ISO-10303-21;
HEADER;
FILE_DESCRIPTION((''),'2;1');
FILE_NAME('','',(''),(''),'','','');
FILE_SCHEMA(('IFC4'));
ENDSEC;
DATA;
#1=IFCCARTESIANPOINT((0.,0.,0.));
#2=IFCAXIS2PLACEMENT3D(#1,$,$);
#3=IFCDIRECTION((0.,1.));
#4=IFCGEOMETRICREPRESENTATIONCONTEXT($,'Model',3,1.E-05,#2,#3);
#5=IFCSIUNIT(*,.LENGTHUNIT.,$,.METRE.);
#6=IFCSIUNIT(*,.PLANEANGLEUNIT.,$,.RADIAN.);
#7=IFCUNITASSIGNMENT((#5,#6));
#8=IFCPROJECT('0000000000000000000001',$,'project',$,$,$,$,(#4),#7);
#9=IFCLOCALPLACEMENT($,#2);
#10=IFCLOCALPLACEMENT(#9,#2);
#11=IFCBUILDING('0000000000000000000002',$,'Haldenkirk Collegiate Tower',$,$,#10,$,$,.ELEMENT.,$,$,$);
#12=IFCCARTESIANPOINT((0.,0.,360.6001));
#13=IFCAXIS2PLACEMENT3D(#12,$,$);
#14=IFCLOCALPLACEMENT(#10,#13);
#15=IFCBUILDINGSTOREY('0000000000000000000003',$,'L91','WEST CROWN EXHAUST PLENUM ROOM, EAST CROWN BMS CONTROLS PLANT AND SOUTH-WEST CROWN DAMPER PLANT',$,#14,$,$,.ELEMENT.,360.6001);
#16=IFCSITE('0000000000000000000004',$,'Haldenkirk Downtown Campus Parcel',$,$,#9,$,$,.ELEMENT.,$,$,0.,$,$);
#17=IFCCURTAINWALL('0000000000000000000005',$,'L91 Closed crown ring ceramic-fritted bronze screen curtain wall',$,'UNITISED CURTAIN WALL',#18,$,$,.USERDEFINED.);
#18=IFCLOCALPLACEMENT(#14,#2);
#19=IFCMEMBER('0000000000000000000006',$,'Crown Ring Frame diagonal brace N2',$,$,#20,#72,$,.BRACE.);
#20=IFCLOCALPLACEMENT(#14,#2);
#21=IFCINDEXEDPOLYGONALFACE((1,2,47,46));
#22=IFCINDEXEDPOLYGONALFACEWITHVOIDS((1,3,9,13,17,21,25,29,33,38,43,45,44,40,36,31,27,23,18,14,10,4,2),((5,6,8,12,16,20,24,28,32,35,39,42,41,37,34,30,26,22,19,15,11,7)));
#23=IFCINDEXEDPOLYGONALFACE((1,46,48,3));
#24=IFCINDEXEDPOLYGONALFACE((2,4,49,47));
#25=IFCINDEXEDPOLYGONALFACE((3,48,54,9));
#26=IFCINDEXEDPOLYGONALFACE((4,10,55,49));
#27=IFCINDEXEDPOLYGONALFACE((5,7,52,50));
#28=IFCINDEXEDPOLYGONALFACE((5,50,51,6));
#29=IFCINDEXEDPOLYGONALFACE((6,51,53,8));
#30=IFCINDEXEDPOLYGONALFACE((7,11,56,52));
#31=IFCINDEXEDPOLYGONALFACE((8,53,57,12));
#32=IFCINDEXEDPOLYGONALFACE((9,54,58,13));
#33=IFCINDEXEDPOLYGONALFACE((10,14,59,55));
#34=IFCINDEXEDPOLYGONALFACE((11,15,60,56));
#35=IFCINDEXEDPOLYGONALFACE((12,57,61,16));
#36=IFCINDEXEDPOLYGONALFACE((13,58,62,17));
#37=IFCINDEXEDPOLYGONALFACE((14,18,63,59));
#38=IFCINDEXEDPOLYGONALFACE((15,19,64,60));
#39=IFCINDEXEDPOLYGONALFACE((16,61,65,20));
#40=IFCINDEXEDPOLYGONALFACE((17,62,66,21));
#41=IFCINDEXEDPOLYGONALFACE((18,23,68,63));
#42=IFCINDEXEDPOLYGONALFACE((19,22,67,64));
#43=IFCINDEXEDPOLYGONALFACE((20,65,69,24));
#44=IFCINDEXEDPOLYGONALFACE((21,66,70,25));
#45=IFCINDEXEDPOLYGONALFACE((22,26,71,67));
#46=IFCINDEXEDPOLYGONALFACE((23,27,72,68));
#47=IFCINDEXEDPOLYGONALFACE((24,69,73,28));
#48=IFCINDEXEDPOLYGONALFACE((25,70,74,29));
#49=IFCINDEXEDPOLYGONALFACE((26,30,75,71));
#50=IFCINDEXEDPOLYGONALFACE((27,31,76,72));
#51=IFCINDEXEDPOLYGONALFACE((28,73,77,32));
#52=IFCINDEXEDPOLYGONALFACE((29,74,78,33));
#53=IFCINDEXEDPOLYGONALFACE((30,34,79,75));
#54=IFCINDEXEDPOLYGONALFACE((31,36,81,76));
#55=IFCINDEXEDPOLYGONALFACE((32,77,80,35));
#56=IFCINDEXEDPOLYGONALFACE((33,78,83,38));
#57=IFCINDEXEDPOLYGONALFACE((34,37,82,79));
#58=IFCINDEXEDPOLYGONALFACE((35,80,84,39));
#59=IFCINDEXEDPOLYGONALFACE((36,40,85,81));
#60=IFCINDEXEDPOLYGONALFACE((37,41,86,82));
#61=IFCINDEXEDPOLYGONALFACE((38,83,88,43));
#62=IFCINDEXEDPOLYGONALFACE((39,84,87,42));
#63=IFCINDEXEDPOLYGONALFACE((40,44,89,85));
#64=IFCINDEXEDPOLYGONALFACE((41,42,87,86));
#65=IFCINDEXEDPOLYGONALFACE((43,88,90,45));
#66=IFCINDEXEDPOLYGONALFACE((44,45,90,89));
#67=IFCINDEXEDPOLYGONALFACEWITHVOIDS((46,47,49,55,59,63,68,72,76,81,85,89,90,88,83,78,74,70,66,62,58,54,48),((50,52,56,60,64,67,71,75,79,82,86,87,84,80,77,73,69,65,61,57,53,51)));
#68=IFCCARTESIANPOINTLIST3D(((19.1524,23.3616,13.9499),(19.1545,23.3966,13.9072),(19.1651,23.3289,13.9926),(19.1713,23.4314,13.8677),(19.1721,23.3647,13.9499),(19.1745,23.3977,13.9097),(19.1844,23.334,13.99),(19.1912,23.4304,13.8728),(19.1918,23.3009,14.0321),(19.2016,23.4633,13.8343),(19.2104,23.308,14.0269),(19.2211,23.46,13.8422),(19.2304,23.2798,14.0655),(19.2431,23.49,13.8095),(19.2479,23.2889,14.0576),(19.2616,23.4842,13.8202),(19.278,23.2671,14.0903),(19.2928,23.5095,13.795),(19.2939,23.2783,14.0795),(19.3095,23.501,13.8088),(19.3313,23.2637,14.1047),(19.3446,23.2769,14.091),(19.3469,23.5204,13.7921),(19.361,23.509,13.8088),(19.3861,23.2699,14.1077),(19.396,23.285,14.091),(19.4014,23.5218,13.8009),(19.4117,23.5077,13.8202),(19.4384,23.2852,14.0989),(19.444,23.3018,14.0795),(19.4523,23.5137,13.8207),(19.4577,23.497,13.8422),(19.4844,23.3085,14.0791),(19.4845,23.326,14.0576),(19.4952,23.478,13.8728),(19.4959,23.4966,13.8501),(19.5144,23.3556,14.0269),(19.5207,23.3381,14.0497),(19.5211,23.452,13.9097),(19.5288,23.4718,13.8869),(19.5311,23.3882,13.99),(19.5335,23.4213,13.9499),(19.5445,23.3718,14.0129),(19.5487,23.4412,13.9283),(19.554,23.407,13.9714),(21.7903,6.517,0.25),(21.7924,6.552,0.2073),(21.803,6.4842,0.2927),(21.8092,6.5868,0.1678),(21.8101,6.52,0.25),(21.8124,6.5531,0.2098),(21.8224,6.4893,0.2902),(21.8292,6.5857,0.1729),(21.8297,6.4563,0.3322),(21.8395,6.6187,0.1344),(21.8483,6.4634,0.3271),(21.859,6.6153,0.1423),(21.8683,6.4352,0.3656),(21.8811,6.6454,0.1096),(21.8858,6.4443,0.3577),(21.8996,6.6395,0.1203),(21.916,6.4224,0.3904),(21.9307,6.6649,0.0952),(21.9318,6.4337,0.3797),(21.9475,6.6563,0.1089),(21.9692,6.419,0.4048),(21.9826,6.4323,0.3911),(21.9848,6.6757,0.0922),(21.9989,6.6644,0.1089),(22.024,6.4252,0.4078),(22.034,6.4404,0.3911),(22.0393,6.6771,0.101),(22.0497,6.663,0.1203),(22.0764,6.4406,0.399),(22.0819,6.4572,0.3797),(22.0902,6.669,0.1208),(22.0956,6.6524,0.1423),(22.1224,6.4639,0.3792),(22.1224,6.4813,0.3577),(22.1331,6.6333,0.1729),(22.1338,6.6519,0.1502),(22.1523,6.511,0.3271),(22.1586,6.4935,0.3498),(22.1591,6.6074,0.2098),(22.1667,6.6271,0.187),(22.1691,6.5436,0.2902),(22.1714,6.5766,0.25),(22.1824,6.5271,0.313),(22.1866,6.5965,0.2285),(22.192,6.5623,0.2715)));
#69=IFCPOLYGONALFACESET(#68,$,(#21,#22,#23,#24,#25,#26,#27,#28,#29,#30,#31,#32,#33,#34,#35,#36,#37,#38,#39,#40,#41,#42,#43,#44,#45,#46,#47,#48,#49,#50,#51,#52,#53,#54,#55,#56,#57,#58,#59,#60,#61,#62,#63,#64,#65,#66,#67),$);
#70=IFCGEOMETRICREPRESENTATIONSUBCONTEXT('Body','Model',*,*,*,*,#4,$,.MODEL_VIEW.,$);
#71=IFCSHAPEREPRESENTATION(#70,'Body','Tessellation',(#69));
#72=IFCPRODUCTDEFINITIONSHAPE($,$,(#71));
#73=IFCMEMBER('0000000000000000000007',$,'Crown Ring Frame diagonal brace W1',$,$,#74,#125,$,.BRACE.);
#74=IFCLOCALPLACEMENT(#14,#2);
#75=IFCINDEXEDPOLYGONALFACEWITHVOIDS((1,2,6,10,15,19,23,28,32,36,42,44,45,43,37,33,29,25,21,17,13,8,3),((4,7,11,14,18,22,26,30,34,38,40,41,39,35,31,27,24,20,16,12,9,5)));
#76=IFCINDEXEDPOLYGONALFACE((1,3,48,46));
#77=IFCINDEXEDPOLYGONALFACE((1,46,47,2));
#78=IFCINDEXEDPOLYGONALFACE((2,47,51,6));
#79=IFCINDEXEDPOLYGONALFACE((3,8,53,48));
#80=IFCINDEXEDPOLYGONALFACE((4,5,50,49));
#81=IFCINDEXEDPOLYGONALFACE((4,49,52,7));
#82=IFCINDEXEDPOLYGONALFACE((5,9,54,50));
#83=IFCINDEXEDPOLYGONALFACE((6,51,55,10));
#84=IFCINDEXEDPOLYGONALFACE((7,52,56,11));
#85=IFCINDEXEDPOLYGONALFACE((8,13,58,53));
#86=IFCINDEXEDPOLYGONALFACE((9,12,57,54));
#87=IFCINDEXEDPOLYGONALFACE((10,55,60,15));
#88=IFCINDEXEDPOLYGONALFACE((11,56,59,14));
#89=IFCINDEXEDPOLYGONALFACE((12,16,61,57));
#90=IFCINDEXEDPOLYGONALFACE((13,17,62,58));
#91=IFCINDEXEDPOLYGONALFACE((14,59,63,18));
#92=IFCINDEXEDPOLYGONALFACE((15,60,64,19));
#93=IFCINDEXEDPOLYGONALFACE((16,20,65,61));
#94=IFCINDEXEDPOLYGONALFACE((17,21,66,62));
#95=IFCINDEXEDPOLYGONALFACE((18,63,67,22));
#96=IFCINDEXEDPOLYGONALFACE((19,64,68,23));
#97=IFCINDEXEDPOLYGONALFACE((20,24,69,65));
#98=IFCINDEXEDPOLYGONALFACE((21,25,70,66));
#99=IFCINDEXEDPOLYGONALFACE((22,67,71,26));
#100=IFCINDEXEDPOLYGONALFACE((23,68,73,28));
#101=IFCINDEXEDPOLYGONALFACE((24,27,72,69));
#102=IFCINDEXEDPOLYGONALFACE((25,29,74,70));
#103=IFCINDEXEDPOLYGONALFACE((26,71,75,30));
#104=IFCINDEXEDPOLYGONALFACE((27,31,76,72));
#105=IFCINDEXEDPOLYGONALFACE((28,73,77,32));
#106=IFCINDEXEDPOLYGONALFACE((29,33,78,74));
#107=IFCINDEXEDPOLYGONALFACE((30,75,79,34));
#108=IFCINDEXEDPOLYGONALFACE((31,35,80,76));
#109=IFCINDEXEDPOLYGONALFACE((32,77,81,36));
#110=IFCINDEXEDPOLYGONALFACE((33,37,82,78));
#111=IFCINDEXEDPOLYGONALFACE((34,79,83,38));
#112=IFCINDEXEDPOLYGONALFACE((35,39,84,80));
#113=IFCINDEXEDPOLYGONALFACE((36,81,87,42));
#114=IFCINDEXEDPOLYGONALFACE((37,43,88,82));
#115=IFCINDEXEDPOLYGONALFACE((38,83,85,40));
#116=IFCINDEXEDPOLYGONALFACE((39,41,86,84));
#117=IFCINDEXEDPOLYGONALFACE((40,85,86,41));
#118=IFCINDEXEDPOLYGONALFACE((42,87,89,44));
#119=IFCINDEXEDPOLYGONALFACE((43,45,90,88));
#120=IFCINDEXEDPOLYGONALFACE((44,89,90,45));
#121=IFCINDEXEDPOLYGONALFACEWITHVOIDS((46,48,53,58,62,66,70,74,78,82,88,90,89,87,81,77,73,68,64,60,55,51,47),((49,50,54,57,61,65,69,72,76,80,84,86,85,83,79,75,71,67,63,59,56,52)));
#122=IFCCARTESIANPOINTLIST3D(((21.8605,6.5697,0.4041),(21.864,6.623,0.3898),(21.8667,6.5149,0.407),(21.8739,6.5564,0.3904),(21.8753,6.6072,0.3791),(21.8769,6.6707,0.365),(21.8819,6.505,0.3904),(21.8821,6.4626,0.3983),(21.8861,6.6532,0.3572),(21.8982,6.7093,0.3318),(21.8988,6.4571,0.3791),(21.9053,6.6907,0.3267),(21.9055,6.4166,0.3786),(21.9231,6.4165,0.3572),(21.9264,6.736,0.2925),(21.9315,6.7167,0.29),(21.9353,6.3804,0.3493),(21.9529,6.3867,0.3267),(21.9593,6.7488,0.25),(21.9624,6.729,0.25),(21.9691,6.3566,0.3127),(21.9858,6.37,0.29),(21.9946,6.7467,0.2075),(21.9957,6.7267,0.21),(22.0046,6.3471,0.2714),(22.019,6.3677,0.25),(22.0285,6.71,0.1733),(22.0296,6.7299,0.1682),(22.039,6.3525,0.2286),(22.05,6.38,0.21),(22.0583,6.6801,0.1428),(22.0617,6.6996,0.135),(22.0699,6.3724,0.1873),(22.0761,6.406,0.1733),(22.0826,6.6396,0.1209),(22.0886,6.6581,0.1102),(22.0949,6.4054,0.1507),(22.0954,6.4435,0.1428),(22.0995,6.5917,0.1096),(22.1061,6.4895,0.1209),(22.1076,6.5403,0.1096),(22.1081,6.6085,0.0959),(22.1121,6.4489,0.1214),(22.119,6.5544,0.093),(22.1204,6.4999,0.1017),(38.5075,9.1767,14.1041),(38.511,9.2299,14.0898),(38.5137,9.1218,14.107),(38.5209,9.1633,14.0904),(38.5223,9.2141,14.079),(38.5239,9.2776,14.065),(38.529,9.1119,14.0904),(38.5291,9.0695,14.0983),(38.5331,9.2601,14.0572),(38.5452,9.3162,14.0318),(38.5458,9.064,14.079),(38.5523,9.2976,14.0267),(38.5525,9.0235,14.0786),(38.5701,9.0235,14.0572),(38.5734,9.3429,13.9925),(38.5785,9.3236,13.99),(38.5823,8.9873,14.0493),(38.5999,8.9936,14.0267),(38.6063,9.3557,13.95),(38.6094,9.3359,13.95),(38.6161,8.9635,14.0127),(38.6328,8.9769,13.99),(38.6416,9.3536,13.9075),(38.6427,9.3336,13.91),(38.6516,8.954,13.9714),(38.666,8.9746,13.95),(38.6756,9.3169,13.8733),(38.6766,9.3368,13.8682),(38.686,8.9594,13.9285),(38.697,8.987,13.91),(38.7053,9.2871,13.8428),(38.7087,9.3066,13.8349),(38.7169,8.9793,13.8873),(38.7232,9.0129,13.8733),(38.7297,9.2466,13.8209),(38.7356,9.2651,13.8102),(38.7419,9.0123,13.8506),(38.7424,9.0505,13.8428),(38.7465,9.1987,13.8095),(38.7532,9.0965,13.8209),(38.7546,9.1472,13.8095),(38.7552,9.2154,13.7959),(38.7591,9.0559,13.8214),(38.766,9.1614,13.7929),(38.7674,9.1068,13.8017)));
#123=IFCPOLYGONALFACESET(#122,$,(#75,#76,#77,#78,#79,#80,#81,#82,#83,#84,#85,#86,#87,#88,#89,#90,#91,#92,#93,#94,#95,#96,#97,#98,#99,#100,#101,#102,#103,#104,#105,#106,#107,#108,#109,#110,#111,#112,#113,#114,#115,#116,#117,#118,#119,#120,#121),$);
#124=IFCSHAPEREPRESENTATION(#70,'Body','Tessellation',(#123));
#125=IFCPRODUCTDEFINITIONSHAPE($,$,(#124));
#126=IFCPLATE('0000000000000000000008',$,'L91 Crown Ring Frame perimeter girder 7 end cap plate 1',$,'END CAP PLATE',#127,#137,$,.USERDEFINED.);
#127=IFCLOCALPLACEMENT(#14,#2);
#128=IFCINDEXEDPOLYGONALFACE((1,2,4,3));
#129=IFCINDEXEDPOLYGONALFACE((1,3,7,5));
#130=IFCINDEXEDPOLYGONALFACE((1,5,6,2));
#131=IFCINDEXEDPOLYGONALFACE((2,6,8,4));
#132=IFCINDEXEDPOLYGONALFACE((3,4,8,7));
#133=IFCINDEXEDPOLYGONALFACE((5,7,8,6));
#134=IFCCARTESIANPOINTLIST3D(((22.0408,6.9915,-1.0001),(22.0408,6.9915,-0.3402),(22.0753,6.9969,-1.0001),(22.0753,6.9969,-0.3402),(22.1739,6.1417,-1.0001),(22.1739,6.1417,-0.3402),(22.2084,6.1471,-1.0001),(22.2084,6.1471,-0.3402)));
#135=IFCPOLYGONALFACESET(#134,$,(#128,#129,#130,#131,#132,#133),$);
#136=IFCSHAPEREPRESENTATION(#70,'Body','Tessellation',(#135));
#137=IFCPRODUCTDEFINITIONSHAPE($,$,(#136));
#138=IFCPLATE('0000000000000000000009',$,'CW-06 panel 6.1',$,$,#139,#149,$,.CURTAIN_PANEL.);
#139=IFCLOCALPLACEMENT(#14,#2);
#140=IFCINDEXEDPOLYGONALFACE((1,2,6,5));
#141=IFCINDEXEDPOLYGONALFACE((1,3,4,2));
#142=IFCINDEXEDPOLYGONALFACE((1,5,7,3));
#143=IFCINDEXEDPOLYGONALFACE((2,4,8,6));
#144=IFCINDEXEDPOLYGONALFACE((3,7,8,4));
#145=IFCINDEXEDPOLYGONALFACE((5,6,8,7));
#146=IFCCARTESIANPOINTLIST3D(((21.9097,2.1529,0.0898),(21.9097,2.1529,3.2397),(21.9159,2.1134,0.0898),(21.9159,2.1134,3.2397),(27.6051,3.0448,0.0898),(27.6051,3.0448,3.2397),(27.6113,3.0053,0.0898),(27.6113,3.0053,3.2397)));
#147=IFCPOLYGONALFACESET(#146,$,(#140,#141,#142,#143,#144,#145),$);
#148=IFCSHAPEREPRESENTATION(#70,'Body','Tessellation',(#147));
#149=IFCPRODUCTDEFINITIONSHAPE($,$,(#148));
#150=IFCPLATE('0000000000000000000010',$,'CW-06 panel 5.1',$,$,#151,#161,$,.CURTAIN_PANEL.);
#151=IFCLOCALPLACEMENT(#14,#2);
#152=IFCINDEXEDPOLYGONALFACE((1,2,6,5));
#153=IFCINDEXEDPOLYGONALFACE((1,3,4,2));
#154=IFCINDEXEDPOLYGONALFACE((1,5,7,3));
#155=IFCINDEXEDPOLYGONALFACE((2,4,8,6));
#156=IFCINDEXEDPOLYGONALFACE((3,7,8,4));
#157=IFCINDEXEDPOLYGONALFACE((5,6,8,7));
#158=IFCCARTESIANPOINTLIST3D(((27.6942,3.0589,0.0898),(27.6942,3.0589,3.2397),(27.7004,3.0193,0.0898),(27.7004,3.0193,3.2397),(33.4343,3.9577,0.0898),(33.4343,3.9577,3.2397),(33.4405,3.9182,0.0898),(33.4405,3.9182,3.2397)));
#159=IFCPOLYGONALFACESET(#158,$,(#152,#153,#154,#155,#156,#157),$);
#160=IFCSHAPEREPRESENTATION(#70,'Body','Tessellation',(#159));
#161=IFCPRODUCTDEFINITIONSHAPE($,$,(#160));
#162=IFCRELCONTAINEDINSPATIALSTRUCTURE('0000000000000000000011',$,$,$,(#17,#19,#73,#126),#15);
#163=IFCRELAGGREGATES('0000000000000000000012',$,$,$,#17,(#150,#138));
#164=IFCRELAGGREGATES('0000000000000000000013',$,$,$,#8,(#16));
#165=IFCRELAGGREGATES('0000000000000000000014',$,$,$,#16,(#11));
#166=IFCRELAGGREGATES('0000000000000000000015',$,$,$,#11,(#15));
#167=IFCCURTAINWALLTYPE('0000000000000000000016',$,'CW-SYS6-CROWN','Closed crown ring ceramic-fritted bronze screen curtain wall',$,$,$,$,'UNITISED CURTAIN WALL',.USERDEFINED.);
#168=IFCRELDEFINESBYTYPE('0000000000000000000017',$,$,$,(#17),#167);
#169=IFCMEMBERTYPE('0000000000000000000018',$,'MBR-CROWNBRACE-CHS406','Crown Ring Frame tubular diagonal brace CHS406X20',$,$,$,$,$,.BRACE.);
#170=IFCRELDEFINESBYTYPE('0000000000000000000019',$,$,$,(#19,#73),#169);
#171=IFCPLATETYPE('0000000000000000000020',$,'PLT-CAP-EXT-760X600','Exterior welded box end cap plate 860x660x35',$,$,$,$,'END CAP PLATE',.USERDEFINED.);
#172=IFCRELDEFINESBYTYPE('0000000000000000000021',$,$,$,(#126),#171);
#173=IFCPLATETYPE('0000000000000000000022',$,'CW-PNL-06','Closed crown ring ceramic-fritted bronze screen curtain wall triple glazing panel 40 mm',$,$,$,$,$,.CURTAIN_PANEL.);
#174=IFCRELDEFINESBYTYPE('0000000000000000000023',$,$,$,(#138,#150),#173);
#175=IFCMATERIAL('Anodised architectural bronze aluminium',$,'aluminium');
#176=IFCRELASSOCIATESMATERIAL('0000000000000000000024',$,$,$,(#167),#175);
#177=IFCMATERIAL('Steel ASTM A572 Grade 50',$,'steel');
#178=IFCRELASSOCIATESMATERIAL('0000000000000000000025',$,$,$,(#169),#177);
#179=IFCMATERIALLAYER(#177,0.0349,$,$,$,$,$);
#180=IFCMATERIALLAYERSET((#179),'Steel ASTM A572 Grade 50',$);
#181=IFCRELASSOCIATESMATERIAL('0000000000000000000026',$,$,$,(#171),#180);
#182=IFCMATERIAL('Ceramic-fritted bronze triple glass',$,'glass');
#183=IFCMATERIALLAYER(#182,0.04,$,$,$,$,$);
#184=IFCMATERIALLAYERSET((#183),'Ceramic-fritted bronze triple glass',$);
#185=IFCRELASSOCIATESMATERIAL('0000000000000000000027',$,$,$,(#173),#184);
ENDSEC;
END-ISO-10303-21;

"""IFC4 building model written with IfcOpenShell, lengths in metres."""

from ifc_helpers import new_model, si_unit, direction, frame, origin, origin_2d, place, context, subcontext, project, spatial, rectangle, hollow_circle, extrude, source, transform, mapped, material, layer, layer_set, material_profile, profile_set, type_object, element, aggregate, save


model = new_model("IFC4")

# Units and contexts
model_context = context("Model", 3, precision=1e-05, world=origin(), true_north=direction((0.0, 1.0)))
body_context = subcontext(model_context, "Body", "Model", "MODEL_VIEW")
ifc_project = project(units=[si_unit("LENGTHUNIT", "METRE"), si_unit("PLANEANGLEUNIT", "RADIAN")], contexts=[model_context])

# Site, building, storey
site_placement = place(None, origin())
site = spatial("IfcSite", under=ifc_project, at=site_placement, Name="Haldenkirk Downtown Campus Parcel", CompositionType="ELEMENT", RefElevation=0.0)
building_placement = place(site_placement, origin())
building = spatial("IfcBuilding", under=site, at=building_placement, Name="Haldenkirk Collegiate Tower", CompositionType="ELEMENT")
storey_placement = place(building_placement, frame((0.0, 0.0, 360.6001)))
storey = spatial("IfcBuildingStorey", under=building, at=storey_placement, Name="L91", Description="WEST CROWN EXHAUST PLENUM ROOM, EAST CROWN BMS CONTROLS PLANT AND SOUTH-WEST CROWN DAMPER PLANT", CompositionType="ELEMENT", Elevation=360.6001)

# Shared definitions
ifc_material_1 = material(Name="Steel ASTM A572 Grade 50", Category="steel")

# Curtain wall
ifc_material_2 = material(Name="Anodised architectural bronze aluminium", Category="aluminium")
curtain_wall_type = type_object("IfcCurtainWallType", Name="CW-SYS6-CROWN", Description="Closed crown ring ceramic-fritted bronze screen curtain wall", ElementType="UNITISED CURTAIN WALL", PredefinedType="USERDEFINED", material=ifc_material_2)
curtain_wall_placement = place(storey_placement, origin())
curtain_wall = element("IfcCurtainWall", 1, at=curtain_wall_placement, inside=storey, type_object=curtain_wall_type, Name="L91 Closed crown ring ceramic-fritted bronze screen curtain wall", ObjectType="UNITISED CURTAIN WALL", PredefinedType="USERDEFINED")

# Members
ifc_material_profile_1 = material_profile(ifc_material_1, hollow_circle(Radius=0.2029, WallThickness=0.02, at=origin_2d()), Name="CHS406X20")
ifc_profile_set_1 = profile_set([ifc_material_profile_1], Name="Steel ASTM A572 Grade 50")
member_type_1 = type_object("IfcMemberType", Name="MBR-CROWNBRACE-CHS406", Description="Crown Ring Frame tubular diagonal brace CHS406X20", PredefinedType="BRACE", material=ifc_profile_set_1)
member_1_placement = place(storey_placement, frame((21.9907, 6.5483, 0.25), z_axis=(-0.120607, 0.770144, 0.626364), x_axis=(-0.987959, -0.154718, 0.0)))
element("IfcMember", 2, at=member_1_placement, inside=storey, type_object=member_type_1, Name="Crown Ring Frame diagonal brace N2", PredefinedType="BRACE", context=body_context, shape_type="SweptSolid", body=[
    extrude(hollow_circle(Radius=0.2029, WallThickness=0.02, at=origin_2d()), origin(), (0.0, 0.0, 1.0), 21.8721),
])
member_2_placement = place(storey_placement, frame((21.9907, 6.5483, 0.25), z_axis=(0.766559, 0.120044, 0.630854), x_axis=(-0.154715, 0.987959, 0.0)))
element("IfcMember", 3, at=member_2_placement, inside=storey, type_object=member_type_1, Name="Crown Ring Frame diagonal brace W1", PredefinedType="BRACE", context=body_context, shape_type="SweptSolid", body=[
    extrude(hollow_circle(Radius=0.2029, WallThickness=0.02, at=origin_2d()), origin(), (0.0, 0.0, 1.0), 21.7166),
])

# Plates
ifc_layer_1 = layer(ifc_material_1, 0.0349)
ifc_layer_set_1 = layer_set([ifc_layer_1], Name="Steel ASTM A572 Grade 50")
plate_type_1 = type_object("IfcPlateType", Name="PLT-CAP-EXT-760X600", Description="Exterior welded box end cap plate 860x660x35", ElementType="END CAP PLATE", PredefinedType="USERDEFINED", material=ifc_layer_set_1)
shared_shape_1 = source(origin(), body_context, "Body", "SweptSolid", [
    extrude(rectangle(XDim=0.8601, YDim=0.6599, at=origin_2d()), origin(), (0.0, 0.0, 1.0), 0.0349),
])
plate_1_placement = place(storey_placement, frame((22.1418, 6.572, -0.6702), z_axis=(-0.987959, -0.154713, 0.0), x_axis=(0.154713, -0.987959, 0.0)))
element("IfcPlate", 4, at=plate_1_placement, inside=storey, type_object=plate_type_1, Name="L91 Crown Ring Frame perimeter girder 7 end cap plate 1", ObjectType="END CAP PLATE", PredefinedType="USERDEFINED", context=body_context, shape_type="MappedRepresentation", body=[
    mapped(shared_shape_1, transform((0.0, 0.0, 0.0), x_axis=(1.0, 0.0, 0.0), y_axis=(0.0, 1.0, 0.0), z_axis=(0.0, 0.0, 1.0), scale=1.0)),
])
ifc_material_3 = material(Name="Ceramic-fritted bronze triple glass", Category="glass")
ifc_layer_2 = layer(ifc_material_3, 0.04)
ifc_layer_set_2 = layer_set([ifc_layer_2], Name="Ceramic-fritted bronze triple glass")
plate_type_2 = type_object("IfcPlateType", Name="CW-PNL-06", Description="Closed crown ring ceramic-fritted bronze screen curtain wall triple glazing panel 40 mm", PredefinedType="CURTAIN_PANEL", material=ifc_layer_set_2)
shared_shape_2 = source(origin(), body_context, "Body", "SweptSolid", [
    extrude(rectangle(XDim=5.7649, YDim=0.04, at=origin_2d()), origin(), (0.0, 0.0, 1.0), 3.1499),
])
plate_2_placement = place(storey_placement, frame((24.7605, 2.5791, 0.0898), z_axis=(0.0, 0.0, 1.0), x_axis=(-0.98796, -0.154709, 0.0)))
plate_2 = element("IfcPlate", 5, at=plate_2_placement, type_object=plate_type_2, Name="CW-06 panel 6.1", PredefinedType="CURTAIN_PANEL", context=body_context, shape_type="MappedRepresentation", body=[
    mapped(shared_shape_2, transform((0.0, 0.0, 0.0), x_axis=(1.0, 0.0, 0.0), y_axis=(0.0, 1.0, 0.0), z_axis=(0.0, 0.0, 1.0), scale=1.0)),
])
shared_shape_3 = source(origin(), body_context, "Body", "SweptSolid", [
    extrude(rectangle(XDim=5.8101, YDim=0.04, at=origin_2d()), origin(), (0.0, 0.0, 1.0), 3.1499),
])
plate_3_placement = place(storey_placement, frame((30.5674, 3.4885, 0.0898), z_axis=(0.0, 0.0, 1.0), x_axis=(-0.98796, -0.154709, 0.0)))
plate_3 = element("IfcPlate", 6, at=plate_3_placement, type_object=plate_type_2, Name="CW-06 panel 5.1", PredefinedType="CURTAIN_PANEL", context=body_context, shape_type="MappedRepresentation", body=[
    mapped(shared_shape_3, transform((0.0, 0.0, 0.0), x_axis=(1.0, 0.0, 0.0), y_axis=(0.0, 1.0, 0.0), z_axis=(0.0, 0.0, 1.0), scale=1.0)),
])
aggregate(curtain_wall, [plate_3, plate_2])

save(model, "model.ifc")
